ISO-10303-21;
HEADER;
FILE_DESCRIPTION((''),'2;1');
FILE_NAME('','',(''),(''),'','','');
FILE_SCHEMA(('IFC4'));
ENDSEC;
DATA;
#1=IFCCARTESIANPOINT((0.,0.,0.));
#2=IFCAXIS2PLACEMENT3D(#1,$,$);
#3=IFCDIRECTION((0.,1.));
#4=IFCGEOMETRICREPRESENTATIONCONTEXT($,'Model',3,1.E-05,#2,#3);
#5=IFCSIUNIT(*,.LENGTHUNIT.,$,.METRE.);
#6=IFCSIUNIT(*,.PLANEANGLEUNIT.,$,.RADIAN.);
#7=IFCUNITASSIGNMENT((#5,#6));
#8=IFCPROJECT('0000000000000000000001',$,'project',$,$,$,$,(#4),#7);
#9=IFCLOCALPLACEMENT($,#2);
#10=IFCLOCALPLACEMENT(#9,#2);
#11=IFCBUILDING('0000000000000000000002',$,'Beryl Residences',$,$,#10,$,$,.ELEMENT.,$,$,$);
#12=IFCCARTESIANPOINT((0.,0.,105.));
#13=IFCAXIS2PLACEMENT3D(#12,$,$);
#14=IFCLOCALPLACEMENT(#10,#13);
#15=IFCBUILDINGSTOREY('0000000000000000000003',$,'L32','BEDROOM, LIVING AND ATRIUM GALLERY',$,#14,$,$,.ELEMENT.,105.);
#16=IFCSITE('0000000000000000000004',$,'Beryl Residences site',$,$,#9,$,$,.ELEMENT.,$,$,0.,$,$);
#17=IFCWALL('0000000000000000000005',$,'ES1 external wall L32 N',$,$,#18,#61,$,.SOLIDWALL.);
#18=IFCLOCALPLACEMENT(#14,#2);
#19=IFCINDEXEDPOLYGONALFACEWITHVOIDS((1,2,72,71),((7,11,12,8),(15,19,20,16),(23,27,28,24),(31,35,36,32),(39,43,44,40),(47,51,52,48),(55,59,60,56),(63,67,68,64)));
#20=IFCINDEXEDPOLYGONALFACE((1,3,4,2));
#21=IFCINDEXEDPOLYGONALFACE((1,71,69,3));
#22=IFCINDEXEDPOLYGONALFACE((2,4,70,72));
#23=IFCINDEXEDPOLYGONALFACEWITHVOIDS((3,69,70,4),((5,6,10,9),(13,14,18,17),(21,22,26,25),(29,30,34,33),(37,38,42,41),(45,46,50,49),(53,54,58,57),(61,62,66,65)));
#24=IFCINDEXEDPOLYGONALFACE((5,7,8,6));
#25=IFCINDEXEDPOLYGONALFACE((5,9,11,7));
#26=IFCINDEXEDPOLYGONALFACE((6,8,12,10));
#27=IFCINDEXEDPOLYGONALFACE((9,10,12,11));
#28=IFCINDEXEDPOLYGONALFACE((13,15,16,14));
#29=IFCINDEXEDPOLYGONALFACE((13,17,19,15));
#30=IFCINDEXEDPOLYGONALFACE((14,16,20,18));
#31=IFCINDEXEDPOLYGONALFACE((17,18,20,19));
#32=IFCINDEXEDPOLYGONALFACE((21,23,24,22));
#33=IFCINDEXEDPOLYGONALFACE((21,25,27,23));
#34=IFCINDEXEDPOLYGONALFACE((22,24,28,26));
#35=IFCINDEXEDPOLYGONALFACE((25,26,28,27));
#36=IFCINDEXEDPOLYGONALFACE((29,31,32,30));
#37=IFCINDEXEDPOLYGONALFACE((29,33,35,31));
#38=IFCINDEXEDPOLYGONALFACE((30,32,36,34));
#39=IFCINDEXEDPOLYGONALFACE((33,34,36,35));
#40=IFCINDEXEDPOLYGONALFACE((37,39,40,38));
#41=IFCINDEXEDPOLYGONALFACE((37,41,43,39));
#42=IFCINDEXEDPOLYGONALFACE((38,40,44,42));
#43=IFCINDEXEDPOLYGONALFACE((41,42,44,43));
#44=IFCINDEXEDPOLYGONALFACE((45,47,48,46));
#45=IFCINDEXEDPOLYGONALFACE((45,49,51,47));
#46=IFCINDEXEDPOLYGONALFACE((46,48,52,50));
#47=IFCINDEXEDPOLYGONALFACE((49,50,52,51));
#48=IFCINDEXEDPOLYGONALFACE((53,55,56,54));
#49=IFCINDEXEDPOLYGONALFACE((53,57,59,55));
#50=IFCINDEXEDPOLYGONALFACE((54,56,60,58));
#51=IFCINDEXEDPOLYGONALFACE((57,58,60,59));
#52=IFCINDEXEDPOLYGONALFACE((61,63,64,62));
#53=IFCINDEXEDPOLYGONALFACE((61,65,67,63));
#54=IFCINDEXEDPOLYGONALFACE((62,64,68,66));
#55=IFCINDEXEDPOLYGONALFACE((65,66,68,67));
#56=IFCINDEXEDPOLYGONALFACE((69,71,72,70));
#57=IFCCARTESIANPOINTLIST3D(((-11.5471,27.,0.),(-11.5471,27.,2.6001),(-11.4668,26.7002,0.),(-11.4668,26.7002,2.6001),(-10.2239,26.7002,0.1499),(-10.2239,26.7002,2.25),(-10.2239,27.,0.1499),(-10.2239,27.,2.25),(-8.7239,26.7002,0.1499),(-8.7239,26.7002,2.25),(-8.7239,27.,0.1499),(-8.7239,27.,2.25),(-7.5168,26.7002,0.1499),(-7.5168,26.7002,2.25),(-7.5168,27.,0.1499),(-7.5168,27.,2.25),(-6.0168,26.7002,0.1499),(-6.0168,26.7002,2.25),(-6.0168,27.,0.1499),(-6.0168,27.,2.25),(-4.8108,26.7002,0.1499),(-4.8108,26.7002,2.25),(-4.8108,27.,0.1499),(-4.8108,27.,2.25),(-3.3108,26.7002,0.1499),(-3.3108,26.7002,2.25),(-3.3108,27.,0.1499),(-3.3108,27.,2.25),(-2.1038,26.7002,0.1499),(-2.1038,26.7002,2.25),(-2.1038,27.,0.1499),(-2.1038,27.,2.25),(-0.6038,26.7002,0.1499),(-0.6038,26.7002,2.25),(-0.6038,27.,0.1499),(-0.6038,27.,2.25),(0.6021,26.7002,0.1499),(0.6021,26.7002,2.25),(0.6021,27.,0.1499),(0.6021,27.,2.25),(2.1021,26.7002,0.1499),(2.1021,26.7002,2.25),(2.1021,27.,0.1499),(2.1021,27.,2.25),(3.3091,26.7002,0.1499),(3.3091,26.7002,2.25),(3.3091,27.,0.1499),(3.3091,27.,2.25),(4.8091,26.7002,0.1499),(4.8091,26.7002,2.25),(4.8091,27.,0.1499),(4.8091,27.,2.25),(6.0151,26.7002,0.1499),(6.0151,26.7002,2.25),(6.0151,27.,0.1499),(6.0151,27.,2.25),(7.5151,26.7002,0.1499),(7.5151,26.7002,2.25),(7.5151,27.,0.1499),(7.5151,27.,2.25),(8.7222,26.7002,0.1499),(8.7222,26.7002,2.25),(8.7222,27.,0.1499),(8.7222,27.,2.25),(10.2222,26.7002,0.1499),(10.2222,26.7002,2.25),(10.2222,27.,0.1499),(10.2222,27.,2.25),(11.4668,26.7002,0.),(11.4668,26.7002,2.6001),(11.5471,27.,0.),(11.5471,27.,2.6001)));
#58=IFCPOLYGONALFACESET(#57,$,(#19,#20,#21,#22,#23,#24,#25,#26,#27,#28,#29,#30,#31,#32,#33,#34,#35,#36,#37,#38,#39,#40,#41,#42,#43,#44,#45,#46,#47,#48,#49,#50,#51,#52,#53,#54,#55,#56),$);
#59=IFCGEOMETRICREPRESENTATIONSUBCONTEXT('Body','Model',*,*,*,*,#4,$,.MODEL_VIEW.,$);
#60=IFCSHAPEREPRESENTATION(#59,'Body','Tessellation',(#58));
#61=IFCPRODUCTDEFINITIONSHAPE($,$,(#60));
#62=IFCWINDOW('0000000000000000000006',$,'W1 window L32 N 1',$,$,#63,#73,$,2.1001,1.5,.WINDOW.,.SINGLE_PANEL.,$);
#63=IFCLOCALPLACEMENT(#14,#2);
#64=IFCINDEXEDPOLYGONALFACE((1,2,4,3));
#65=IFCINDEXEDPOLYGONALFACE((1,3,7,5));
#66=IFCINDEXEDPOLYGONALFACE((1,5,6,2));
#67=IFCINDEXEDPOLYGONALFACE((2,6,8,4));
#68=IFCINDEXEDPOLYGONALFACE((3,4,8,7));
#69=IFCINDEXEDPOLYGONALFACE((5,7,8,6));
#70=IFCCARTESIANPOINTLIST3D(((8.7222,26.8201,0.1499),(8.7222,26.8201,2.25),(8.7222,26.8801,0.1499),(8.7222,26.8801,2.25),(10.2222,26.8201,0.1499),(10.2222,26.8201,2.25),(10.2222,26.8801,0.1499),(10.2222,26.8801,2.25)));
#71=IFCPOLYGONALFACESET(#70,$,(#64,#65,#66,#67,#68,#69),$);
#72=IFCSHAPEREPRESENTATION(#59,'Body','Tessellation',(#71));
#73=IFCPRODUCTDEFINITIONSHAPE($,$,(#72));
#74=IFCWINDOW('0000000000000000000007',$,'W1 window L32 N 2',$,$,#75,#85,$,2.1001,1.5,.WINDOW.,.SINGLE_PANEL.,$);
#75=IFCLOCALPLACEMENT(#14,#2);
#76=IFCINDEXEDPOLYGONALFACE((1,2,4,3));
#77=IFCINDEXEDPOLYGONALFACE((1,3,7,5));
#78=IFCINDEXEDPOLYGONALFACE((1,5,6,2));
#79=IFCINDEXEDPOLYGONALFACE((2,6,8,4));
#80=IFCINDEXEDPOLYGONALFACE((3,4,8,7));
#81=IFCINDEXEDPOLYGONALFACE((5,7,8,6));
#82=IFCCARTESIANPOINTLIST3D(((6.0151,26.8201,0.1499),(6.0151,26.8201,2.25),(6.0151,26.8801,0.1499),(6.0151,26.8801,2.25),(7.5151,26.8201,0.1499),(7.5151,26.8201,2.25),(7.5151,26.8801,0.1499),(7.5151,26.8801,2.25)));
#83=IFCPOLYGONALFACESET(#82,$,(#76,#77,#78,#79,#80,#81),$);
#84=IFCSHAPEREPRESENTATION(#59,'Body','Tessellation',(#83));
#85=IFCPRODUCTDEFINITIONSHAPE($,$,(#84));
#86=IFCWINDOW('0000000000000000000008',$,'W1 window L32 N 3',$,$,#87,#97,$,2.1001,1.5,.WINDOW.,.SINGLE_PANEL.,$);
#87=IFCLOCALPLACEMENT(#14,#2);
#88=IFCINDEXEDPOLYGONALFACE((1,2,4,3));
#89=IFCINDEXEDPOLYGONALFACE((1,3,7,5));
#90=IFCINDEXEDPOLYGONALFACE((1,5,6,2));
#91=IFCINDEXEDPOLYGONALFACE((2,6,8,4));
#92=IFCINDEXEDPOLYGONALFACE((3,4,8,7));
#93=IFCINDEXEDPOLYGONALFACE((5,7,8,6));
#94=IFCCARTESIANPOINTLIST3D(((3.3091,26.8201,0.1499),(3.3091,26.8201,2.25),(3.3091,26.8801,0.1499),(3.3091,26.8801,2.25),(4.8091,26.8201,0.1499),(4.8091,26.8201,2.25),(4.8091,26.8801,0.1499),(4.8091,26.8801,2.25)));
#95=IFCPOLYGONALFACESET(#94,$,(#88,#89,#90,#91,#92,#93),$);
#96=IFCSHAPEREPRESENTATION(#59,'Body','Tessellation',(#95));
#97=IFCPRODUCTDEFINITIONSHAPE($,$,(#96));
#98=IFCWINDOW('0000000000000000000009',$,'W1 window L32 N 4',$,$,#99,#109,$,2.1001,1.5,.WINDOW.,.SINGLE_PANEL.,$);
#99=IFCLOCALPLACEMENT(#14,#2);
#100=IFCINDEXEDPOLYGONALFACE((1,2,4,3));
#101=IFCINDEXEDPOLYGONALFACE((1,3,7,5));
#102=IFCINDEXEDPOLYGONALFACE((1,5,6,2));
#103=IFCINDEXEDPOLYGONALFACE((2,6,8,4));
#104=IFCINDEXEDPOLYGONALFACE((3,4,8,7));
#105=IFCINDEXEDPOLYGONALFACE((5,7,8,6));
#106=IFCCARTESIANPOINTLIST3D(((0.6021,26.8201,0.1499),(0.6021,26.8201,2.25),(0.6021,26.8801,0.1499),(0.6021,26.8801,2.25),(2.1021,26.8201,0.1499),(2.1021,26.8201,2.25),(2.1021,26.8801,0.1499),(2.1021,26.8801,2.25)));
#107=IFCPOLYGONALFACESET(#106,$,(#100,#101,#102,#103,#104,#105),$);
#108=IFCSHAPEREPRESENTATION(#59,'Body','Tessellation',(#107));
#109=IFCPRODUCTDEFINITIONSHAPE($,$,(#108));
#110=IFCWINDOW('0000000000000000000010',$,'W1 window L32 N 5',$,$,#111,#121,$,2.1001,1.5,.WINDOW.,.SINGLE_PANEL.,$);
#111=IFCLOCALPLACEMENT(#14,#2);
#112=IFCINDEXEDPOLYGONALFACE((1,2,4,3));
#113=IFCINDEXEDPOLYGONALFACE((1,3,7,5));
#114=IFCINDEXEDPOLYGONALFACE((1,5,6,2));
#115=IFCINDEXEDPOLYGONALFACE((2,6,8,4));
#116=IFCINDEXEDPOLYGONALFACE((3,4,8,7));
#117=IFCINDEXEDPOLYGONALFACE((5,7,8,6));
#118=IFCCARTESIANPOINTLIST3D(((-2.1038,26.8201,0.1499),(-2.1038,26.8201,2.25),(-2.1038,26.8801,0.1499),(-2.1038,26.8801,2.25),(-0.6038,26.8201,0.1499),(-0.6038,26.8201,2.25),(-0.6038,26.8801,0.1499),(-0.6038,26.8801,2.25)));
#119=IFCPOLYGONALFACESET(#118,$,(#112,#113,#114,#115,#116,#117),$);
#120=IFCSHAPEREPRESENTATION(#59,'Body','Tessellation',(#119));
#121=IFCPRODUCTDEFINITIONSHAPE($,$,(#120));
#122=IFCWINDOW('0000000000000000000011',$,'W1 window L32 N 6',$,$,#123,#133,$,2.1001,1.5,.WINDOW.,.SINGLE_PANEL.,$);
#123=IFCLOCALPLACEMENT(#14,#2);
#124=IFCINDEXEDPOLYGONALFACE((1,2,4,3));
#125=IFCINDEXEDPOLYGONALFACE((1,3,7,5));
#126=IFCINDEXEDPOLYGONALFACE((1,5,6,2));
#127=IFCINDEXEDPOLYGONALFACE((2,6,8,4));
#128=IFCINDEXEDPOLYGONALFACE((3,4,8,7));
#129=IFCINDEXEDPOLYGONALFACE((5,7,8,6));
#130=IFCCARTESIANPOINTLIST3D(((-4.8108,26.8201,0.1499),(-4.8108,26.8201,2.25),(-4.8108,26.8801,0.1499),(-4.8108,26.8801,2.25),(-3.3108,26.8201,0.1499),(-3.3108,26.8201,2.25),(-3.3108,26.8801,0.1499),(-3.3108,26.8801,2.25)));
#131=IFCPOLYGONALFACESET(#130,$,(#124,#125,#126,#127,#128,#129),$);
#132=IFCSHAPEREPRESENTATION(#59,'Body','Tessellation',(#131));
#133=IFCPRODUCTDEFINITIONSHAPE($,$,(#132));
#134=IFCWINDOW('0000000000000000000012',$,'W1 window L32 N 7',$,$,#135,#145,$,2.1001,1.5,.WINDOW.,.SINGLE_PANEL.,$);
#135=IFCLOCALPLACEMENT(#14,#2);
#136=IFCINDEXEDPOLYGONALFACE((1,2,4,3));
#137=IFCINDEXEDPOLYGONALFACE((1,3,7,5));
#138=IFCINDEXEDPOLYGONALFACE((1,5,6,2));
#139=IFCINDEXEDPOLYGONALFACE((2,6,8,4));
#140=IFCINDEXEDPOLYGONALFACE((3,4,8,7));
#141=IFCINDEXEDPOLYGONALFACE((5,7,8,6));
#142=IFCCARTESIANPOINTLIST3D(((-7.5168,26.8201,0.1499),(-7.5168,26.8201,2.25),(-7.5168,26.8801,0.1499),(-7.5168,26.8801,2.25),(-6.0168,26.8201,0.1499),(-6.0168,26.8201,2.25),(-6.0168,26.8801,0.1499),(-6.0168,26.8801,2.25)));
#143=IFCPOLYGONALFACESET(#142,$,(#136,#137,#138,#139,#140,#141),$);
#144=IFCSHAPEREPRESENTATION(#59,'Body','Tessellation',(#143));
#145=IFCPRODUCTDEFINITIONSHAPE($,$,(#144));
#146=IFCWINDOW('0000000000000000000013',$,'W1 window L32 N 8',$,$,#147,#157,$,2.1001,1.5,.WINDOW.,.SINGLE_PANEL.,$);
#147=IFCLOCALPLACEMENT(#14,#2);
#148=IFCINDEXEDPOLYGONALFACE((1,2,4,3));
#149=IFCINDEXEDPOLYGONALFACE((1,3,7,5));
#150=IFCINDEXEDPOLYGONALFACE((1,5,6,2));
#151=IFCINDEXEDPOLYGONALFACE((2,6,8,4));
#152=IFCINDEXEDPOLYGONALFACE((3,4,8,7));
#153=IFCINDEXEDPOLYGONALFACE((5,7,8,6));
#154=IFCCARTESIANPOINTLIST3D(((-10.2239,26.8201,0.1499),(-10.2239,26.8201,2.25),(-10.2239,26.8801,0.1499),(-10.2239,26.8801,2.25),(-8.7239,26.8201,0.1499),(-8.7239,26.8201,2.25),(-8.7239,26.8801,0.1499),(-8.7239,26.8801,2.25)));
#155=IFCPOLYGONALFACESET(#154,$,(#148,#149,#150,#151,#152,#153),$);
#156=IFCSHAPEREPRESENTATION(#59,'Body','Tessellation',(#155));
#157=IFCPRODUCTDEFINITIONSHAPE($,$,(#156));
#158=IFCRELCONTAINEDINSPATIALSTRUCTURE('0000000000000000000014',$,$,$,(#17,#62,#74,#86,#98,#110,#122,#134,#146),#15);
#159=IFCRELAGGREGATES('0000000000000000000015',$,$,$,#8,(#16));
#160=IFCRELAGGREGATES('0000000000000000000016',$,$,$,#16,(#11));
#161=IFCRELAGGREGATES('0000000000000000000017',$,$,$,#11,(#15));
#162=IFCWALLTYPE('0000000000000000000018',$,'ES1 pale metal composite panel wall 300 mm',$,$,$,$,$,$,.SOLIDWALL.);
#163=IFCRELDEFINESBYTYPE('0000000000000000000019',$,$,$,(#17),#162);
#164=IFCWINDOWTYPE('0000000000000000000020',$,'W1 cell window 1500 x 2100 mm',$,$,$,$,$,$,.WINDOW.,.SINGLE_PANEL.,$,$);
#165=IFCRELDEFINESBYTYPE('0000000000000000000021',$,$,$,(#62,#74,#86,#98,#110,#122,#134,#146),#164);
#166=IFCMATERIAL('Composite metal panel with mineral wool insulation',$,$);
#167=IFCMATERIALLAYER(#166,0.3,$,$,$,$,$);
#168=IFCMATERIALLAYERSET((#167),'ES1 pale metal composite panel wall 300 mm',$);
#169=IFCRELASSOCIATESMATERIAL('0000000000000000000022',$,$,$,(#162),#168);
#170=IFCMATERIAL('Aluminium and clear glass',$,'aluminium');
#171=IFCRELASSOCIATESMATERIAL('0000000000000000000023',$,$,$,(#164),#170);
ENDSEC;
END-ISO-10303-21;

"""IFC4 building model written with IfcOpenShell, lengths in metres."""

from ifc_helpers import new_model, si_unit, direction, frame, frame_2d, origin, place, context, subcontext, project, spatial, polyline, rectangle, outline, extrude, material, layer, layer_set, type_object, element, fill, save


model = new_model("IFC4")

# Units and contexts
model_context = context("Model", 3, precision=1e-05, world=origin(), true_north=direction((0.0, 1.0)))
body_context = subcontext(model_context, "Body", "Model", "MODEL_VIEW")
ifc_project = project(units=[si_unit("LENGTHUNIT", "METRE"), si_unit("PLANEANGLEUNIT", "RADIAN")], contexts=[model_context])

# Site, building, storey
site_placement = place(None, origin())
site = spatial("IfcSite", under=ifc_project, at=site_placement, Name="Beryl Residences site", CompositionType="ELEMENT", RefElevation=0.0)
building_placement = place(site_placement, origin())
building = spatial("IfcBuilding", under=site, at=building_placement, Name="Beryl Residences", CompositionType="ELEMENT")
storey_placement = place(building_placement, frame((0.0, 0.0, 105.0)))
storey = spatial("IfcBuildingStorey", under=building, at=storey_placement, Name="L32", Description="BEDROOM, LIVING AND ATRIUM GALLERY", CompositionType="ELEMENT", Elevation=105.0)

# Wall, openings, windows
ifc_material_1 = material(Name="Composite metal panel with mineral wool insulation")
ifc_layer_1 = layer(ifc_material_1, 0.3)
ifc_layer_set_1 = layer_set([ifc_layer_1], Name="ES1 pale metal composite panel wall 300 mm")
wall_type_1 = type_object("IfcWallType", Name="ES1 pale metal composite panel wall 300 mm", PredefinedType="SOLIDWALL", material=ifc_layer_set_1)
wall_1_placement = place(storey_placement, frame((11.5471, 26.8501, 0.0), z_axis=(0.0, 0.0, 1.0), x_axis=(-1.0, 0.0, 0.0)))
wall_1 = element("IfcWall", 1, at=wall_1_placement, inside=storey, type_object=wall_type_1, Name="ES1 external wall L32 N", PredefinedType="SOLIDWALL", context=body_context, shape_type="SweptSolid", body=[
    extrude(outline(polyline([(0.0, -0.1499), (23.0942, -0.1499), (23.0139, 0.1499), (0.0803, 0.1499), (0.0, -0.1499)])), origin(), (0.0, 0.0, 1.0), 2.6001),
])
opening_1_placement = place(wall_1_placement, frame((1.325, 0.0, 0.1499)))
opening_1 = element("IfcOpeningElement", 2, at=opening_1_placement, cuts=wall_1, PredefinedType="OPENING", context=body_context, shape_type="SweptSolid", body=[
    extrude(rectangle(XDim=1.5, YDim=2.1001, at=frame_2d((0.75, 1.05))), frame((0.0, 0.1599, 0.0), z_axis=(0.0, -1.0, 0.0), x_axis=(1.0, 0.0, 0.0)), (0.0, 0.0, 1.0), 0.3201),
])
opening_2_placement = place(wall_1_placement, frame((4.032, 0.0, 0.1499)))
opening_2 = element("IfcOpeningElement", 3, at=opening_2_placement, cuts=wall_1, PredefinedType="OPENING", context=body_context, shape_type="SweptSolid", body=[
    extrude(rectangle(XDim=1.5, YDim=2.1001, at=frame_2d((0.75, 1.05))), frame((0.0, 0.1599, 0.0), z_axis=(0.0, -1.0, 0.0), x_axis=(1.0, 0.0, 0.0)), (0.0, 0.0, 1.0), 0.3201),
])
opening_3_placement = place(wall_1_placement, frame((6.738, 0.0, 0.1499)))
opening_3 = element("IfcOpeningElement", 4, at=opening_3_placement, cuts=wall_1, PredefinedType="OPENING", context=body_context, shape_type="SweptSolid", body=[
    extrude(rectangle(XDim=1.5, YDim=2.1001, at=frame_2d((0.75, 1.05))), frame((0.0, 0.1599, 0.0), z_axis=(0.0, -1.0, 0.0), x_axis=(1.0, 0.0, 0.0)), (0.0, 0.0, 1.0), 0.3201),
])
opening_4_placement = place(wall_1_placement, frame((9.4451, 0.0, 0.1499)))
opening_4 = element("IfcOpeningElement", 5, at=opening_4_placement, cuts=wall_1, PredefinedType="OPENING", context=body_context, shape_type="SweptSolid", body=[
    extrude(rectangle(XDim=1.5, YDim=2.1001, at=frame_2d((0.75, 1.05))), frame((0.0, 0.1599, 0.0), z_axis=(0.0, -1.0, 0.0), x_axis=(1.0, 0.0, 0.0)), (0.0, 0.0, 1.0), 0.3201),
])
opening_5_placement = place(wall_1_placement, frame((12.1509, 0.0, 0.1499)))
opening_5 = element("IfcOpeningElement", 6, at=opening_5_placement, cuts=wall_1, PredefinedType="OPENING", context=body_context, shape_type="SweptSolid", body=[
    extrude(rectangle(XDim=1.5, YDim=2.1001, at=frame_2d((0.75, 1.05))), frame((0.0, 0.1599, 0.0), z_axis=(0.0, -1.0, 0.0), x_axis=(1.0, 0.0, 0.0)), (0.0, 0.0, 1.0), 0.3201),
])
opening_6_placement = place(wall_1_placement, frame((14.8579, 0.0, 0.1499)))
opening_6 = element("IfcOpeningElement", 7, at=opening_6_placement, cuts=wall_1, PredefinedType="OPENING", context=body_context, shape_type="SweptSolid", body=[
    extrude(rectangle(XDim=1.5, YDim=2.1001, at=frame_2d((0.75, 1.05))), frame((0.0, 0.1599, 0.0), z_axis=(0.0, -1.0, 0.0), x_axis=(1.0, 0.0, 0.0)), (0.0, 0.0, 1.0), 0.3201),
])
opening_7_placement = place(wall_1_placement, frame((17.564, 0.0, 0.1499)))
opening_7 = element("IfcOpeningElement", 8, at=opening_7_placement, cuts=wall_1, PredefinedType="OPENING", context=body_context, shape_type="SweptSolid", body=[
    extrude(rectangle(XDim=1.5, YDim=2.1001, at=frame_2d((0.75, 1.05))), frame((0.0, 0.1599, 0.0), z_axis=(0.0, -1.0, 0.0), x_axis=(1.0, 0.0, 0.0)), (0.0, 0.0, 1.0), 0.3201),
])
opening_8_placement = place(wall_1_placement, frame((20.271, 0.0, 0.1499)))
opening_8 = element("IfcOpeningElement", 9, at=opening_8_placement, cuts=wall_1, PredefinedType="OPENING", context=body_context, shape_type="SweptSolid", body=[
    extrude(rectangle(XDim=1.5, YDim=2.1001, at=frame_2d((0.75, 1.05))), frame((0.0, 0.1599, 0.0), z_axis=(0.0, -1.0, 0.0), x_axis=(1.0, 0.0, 0.0)), (0.0, 0.0, 1.0), 0.3201),
])
ifc_material_2 = material(Name="Aluminium and clear glass", Category="aluminium")
window_type_1 = type_object("IfcWindowType", Name="W1 cell window 1500 x 2100 mm", PartitioningType="SINGLE_PANEL", PredefinedType="WINDOW", material=ifc_material_2)
window_1_placement = place(opening_1_placement, origin())
window_1 = element("IfcWindow", 10, at=window_1_placement, inside=storey, type_object=window_type_1, Name="W1 window L32 N 1", OverallHeight=2.1001, OverallWidth=1.5, PartitioningType="SINGLE_PANEL", PredefinedType="WINDOW", context=body_context, shape_type="SweptSolid", body=[
    extrude(rectangle(XDim=1.5, YDim=2.1001, at=frame_2d((0.75, 1.05))), frame((0.0, 0.03, 0.0), z_axis=(0.0, -1.0, 0.0), x_axis=(1.0, 0.0, 0.0)), (0.0, 0.0, 1.0), 0.0601),
])
fill(opening_1, window_1)
window_2_placement = place(opening_2_placement, origin())
window_2 = element("IfcWindow", 11, at=window_2_placement, inside=storey, type_object=window_type_1, Name="W1 window L32 N 2", OverallHeight=2.1001, OverallWidth=1.5, PartitioningType="SINGLE_PANEL", PredefinedType="WINDOW", context=body_context, shape_type="SweptSolid", body=[
    extrude(rectangle(XDim=1.5, YDim=2.1001, at=frame_2d((0.75, 1.05))), frame((0.0, 0.03, 0.0), z_axis=(0.0, -1.0, 0.0), x_axis=(1.0, 0.0, 0.0)), (0.0, 0.0, 1.0), 0.0601),
])
fill(opening_2, window_2)
window_3_placement = place(opening_3_placement, origin())
window_3 = element("IfcWindow", 12, at=window_3_placement, inside=storey, type_object=window_type_1, Name="W1 window L32 N 3", OverallHeight=2.1001, OverallWidth=1.5, PartitioningType="SINGLE_PANEL", PredefinedType="WINDOW", context=body_context, shape_type="SweptSolid", body=[
    extrude(rectangle(XDim=1.5, YDim=2.1001, at=frame_2d((0.75, 1.05))), frame((0.0, 0.03, 0.0), z_axis=(0.0, -1.0, 0.0), x_axis=(1.0, 0.0, 0.0)), (0.0, 0.0, 1.0), 0.0601),
])
fill(opening_3, window_3)
window_4_placement = place(opening_4_placement, origin())
window_4 = element("IfcWindow", 13, at=window_4_placement, inside=storey, type_object=window_type_1, Name="W1 window L32 N 4", OverallHeight=2.1001, OverallWidth=1.5, PartitioningType="SINGLE_PANEL", PredefinedType="WINDOW", context=body_context, shape_type="SweptSolid", body=[
    extrude(rectangle(XDim=1.5, YDim=2.1001, at=frame_2d((0.75, 1.05))), frame((0.0, 0.03, 0.0), z_axis=(0.0, -1.0, 0.0), x_axis=(1.0, 0.0, 0.0)), (0.0, 0.0, 1.0), 0.0601),
])
fill(opening_4, window_4)
window_5_placement = place(opening_5_placement, origin())
window_5 = element("IfcWindow", 14, at=window_5_placement, inside=storey, type_object=window_type_1, Name="W1 window L32 N 5", OverallHeight=2.1001, OverallWidth=1.5, PartitioningType="SINGLE_PANEL", PredefinedType="WINDOW", context=body_context, shape_type="SweptSolid", body=[
    extrude(rectangle(XDim=1.5, YDim=2.1001, at=frame_2d((0.75, 1.05))), frame((0.0, 0.03, 0.0), z_axis=(0.0, -1.0, 0.0), x_axis=(1.0, 0.0, 0.0)), (0.0, 0.0, 1.0), 0.0601),
])
fill(opening_5, window_5)
window_6_placement = place(opening_6_placement, origin())
window_6 = element("IfcWindow", 15, at=window_6_placement, inside=storey, type_object=window_type_1, Name="W1 window L32 N 6", OverallHeight=2.1001, OverallWidth=1.5, PartitioningType="SINGLE_PANEL", PredefinedType="WINDOW", context=body_context, shape_type="SweptSolid", body=[
    extrude(rectangle(XDim=1.5, YDim=2.1001, at=frame_2d((0.75, 1.05))), frame((0.0, 0.03, 0.0), z_axis=(0.0, -1.0, 0.0), x_axis=(1.0, 0.0, 0.0)), (0.0, 0.0, 1.0), 0.0601),
])
fill(opening_6, window_6)
window_7_placement = place(opening_7_placement, origin())
window_7 = element("IfcWindow", 16, at=window_7_placement, inside=storey, type_object=window_type_1, Name="W1 window L32 N 7", OverallHeight=2.1001, OverallWidth=1.5, PartitioningType="SINGLE_PANEL", PredefinedType="WINDOW", context=body_context, shape_type="SweptSolid", body=[
    extrude(rectangle(XDim=1.5, YDim=2.1001, at=frame_2d((0.75, 1.05))), frame((0.0, 0.03, 0.0), z_axis=(0.0, -1.0, 0.0), x_axis=(1.0, 0.0, 0.0)), (0.0, 0.0, 1.0), 0.0601),
])
fill(opening_7, window_7)
window_8_placement = place(opening_8_placement, origin())
window_8 = element("IfcWindow", 17, at=window_8_placement, inside=storey, type_object=window_type_1, Name="W1 window L32 N 8", OverallHeight=2.1001, OverallWidth=1.5, PartitioningType="SINGLE_PANEL", PredefinedType="WINDOW", context=body_context, shape_type="SweptSolid", body=[
    extrude(rectangle(XDim=1.5, YDim=2.1001, at=frame_2d((0.75, 1.05))), frame((0.0, 0.03, 0.0), z_axis=(0.0, -1.0, 0.0), x_axis=(1.0, 0.0, 0.0)), (0.0, 0.0, 1.0), 0.0601),
])
fill(opening_8, window_8)

save(model, "model.ifc")
